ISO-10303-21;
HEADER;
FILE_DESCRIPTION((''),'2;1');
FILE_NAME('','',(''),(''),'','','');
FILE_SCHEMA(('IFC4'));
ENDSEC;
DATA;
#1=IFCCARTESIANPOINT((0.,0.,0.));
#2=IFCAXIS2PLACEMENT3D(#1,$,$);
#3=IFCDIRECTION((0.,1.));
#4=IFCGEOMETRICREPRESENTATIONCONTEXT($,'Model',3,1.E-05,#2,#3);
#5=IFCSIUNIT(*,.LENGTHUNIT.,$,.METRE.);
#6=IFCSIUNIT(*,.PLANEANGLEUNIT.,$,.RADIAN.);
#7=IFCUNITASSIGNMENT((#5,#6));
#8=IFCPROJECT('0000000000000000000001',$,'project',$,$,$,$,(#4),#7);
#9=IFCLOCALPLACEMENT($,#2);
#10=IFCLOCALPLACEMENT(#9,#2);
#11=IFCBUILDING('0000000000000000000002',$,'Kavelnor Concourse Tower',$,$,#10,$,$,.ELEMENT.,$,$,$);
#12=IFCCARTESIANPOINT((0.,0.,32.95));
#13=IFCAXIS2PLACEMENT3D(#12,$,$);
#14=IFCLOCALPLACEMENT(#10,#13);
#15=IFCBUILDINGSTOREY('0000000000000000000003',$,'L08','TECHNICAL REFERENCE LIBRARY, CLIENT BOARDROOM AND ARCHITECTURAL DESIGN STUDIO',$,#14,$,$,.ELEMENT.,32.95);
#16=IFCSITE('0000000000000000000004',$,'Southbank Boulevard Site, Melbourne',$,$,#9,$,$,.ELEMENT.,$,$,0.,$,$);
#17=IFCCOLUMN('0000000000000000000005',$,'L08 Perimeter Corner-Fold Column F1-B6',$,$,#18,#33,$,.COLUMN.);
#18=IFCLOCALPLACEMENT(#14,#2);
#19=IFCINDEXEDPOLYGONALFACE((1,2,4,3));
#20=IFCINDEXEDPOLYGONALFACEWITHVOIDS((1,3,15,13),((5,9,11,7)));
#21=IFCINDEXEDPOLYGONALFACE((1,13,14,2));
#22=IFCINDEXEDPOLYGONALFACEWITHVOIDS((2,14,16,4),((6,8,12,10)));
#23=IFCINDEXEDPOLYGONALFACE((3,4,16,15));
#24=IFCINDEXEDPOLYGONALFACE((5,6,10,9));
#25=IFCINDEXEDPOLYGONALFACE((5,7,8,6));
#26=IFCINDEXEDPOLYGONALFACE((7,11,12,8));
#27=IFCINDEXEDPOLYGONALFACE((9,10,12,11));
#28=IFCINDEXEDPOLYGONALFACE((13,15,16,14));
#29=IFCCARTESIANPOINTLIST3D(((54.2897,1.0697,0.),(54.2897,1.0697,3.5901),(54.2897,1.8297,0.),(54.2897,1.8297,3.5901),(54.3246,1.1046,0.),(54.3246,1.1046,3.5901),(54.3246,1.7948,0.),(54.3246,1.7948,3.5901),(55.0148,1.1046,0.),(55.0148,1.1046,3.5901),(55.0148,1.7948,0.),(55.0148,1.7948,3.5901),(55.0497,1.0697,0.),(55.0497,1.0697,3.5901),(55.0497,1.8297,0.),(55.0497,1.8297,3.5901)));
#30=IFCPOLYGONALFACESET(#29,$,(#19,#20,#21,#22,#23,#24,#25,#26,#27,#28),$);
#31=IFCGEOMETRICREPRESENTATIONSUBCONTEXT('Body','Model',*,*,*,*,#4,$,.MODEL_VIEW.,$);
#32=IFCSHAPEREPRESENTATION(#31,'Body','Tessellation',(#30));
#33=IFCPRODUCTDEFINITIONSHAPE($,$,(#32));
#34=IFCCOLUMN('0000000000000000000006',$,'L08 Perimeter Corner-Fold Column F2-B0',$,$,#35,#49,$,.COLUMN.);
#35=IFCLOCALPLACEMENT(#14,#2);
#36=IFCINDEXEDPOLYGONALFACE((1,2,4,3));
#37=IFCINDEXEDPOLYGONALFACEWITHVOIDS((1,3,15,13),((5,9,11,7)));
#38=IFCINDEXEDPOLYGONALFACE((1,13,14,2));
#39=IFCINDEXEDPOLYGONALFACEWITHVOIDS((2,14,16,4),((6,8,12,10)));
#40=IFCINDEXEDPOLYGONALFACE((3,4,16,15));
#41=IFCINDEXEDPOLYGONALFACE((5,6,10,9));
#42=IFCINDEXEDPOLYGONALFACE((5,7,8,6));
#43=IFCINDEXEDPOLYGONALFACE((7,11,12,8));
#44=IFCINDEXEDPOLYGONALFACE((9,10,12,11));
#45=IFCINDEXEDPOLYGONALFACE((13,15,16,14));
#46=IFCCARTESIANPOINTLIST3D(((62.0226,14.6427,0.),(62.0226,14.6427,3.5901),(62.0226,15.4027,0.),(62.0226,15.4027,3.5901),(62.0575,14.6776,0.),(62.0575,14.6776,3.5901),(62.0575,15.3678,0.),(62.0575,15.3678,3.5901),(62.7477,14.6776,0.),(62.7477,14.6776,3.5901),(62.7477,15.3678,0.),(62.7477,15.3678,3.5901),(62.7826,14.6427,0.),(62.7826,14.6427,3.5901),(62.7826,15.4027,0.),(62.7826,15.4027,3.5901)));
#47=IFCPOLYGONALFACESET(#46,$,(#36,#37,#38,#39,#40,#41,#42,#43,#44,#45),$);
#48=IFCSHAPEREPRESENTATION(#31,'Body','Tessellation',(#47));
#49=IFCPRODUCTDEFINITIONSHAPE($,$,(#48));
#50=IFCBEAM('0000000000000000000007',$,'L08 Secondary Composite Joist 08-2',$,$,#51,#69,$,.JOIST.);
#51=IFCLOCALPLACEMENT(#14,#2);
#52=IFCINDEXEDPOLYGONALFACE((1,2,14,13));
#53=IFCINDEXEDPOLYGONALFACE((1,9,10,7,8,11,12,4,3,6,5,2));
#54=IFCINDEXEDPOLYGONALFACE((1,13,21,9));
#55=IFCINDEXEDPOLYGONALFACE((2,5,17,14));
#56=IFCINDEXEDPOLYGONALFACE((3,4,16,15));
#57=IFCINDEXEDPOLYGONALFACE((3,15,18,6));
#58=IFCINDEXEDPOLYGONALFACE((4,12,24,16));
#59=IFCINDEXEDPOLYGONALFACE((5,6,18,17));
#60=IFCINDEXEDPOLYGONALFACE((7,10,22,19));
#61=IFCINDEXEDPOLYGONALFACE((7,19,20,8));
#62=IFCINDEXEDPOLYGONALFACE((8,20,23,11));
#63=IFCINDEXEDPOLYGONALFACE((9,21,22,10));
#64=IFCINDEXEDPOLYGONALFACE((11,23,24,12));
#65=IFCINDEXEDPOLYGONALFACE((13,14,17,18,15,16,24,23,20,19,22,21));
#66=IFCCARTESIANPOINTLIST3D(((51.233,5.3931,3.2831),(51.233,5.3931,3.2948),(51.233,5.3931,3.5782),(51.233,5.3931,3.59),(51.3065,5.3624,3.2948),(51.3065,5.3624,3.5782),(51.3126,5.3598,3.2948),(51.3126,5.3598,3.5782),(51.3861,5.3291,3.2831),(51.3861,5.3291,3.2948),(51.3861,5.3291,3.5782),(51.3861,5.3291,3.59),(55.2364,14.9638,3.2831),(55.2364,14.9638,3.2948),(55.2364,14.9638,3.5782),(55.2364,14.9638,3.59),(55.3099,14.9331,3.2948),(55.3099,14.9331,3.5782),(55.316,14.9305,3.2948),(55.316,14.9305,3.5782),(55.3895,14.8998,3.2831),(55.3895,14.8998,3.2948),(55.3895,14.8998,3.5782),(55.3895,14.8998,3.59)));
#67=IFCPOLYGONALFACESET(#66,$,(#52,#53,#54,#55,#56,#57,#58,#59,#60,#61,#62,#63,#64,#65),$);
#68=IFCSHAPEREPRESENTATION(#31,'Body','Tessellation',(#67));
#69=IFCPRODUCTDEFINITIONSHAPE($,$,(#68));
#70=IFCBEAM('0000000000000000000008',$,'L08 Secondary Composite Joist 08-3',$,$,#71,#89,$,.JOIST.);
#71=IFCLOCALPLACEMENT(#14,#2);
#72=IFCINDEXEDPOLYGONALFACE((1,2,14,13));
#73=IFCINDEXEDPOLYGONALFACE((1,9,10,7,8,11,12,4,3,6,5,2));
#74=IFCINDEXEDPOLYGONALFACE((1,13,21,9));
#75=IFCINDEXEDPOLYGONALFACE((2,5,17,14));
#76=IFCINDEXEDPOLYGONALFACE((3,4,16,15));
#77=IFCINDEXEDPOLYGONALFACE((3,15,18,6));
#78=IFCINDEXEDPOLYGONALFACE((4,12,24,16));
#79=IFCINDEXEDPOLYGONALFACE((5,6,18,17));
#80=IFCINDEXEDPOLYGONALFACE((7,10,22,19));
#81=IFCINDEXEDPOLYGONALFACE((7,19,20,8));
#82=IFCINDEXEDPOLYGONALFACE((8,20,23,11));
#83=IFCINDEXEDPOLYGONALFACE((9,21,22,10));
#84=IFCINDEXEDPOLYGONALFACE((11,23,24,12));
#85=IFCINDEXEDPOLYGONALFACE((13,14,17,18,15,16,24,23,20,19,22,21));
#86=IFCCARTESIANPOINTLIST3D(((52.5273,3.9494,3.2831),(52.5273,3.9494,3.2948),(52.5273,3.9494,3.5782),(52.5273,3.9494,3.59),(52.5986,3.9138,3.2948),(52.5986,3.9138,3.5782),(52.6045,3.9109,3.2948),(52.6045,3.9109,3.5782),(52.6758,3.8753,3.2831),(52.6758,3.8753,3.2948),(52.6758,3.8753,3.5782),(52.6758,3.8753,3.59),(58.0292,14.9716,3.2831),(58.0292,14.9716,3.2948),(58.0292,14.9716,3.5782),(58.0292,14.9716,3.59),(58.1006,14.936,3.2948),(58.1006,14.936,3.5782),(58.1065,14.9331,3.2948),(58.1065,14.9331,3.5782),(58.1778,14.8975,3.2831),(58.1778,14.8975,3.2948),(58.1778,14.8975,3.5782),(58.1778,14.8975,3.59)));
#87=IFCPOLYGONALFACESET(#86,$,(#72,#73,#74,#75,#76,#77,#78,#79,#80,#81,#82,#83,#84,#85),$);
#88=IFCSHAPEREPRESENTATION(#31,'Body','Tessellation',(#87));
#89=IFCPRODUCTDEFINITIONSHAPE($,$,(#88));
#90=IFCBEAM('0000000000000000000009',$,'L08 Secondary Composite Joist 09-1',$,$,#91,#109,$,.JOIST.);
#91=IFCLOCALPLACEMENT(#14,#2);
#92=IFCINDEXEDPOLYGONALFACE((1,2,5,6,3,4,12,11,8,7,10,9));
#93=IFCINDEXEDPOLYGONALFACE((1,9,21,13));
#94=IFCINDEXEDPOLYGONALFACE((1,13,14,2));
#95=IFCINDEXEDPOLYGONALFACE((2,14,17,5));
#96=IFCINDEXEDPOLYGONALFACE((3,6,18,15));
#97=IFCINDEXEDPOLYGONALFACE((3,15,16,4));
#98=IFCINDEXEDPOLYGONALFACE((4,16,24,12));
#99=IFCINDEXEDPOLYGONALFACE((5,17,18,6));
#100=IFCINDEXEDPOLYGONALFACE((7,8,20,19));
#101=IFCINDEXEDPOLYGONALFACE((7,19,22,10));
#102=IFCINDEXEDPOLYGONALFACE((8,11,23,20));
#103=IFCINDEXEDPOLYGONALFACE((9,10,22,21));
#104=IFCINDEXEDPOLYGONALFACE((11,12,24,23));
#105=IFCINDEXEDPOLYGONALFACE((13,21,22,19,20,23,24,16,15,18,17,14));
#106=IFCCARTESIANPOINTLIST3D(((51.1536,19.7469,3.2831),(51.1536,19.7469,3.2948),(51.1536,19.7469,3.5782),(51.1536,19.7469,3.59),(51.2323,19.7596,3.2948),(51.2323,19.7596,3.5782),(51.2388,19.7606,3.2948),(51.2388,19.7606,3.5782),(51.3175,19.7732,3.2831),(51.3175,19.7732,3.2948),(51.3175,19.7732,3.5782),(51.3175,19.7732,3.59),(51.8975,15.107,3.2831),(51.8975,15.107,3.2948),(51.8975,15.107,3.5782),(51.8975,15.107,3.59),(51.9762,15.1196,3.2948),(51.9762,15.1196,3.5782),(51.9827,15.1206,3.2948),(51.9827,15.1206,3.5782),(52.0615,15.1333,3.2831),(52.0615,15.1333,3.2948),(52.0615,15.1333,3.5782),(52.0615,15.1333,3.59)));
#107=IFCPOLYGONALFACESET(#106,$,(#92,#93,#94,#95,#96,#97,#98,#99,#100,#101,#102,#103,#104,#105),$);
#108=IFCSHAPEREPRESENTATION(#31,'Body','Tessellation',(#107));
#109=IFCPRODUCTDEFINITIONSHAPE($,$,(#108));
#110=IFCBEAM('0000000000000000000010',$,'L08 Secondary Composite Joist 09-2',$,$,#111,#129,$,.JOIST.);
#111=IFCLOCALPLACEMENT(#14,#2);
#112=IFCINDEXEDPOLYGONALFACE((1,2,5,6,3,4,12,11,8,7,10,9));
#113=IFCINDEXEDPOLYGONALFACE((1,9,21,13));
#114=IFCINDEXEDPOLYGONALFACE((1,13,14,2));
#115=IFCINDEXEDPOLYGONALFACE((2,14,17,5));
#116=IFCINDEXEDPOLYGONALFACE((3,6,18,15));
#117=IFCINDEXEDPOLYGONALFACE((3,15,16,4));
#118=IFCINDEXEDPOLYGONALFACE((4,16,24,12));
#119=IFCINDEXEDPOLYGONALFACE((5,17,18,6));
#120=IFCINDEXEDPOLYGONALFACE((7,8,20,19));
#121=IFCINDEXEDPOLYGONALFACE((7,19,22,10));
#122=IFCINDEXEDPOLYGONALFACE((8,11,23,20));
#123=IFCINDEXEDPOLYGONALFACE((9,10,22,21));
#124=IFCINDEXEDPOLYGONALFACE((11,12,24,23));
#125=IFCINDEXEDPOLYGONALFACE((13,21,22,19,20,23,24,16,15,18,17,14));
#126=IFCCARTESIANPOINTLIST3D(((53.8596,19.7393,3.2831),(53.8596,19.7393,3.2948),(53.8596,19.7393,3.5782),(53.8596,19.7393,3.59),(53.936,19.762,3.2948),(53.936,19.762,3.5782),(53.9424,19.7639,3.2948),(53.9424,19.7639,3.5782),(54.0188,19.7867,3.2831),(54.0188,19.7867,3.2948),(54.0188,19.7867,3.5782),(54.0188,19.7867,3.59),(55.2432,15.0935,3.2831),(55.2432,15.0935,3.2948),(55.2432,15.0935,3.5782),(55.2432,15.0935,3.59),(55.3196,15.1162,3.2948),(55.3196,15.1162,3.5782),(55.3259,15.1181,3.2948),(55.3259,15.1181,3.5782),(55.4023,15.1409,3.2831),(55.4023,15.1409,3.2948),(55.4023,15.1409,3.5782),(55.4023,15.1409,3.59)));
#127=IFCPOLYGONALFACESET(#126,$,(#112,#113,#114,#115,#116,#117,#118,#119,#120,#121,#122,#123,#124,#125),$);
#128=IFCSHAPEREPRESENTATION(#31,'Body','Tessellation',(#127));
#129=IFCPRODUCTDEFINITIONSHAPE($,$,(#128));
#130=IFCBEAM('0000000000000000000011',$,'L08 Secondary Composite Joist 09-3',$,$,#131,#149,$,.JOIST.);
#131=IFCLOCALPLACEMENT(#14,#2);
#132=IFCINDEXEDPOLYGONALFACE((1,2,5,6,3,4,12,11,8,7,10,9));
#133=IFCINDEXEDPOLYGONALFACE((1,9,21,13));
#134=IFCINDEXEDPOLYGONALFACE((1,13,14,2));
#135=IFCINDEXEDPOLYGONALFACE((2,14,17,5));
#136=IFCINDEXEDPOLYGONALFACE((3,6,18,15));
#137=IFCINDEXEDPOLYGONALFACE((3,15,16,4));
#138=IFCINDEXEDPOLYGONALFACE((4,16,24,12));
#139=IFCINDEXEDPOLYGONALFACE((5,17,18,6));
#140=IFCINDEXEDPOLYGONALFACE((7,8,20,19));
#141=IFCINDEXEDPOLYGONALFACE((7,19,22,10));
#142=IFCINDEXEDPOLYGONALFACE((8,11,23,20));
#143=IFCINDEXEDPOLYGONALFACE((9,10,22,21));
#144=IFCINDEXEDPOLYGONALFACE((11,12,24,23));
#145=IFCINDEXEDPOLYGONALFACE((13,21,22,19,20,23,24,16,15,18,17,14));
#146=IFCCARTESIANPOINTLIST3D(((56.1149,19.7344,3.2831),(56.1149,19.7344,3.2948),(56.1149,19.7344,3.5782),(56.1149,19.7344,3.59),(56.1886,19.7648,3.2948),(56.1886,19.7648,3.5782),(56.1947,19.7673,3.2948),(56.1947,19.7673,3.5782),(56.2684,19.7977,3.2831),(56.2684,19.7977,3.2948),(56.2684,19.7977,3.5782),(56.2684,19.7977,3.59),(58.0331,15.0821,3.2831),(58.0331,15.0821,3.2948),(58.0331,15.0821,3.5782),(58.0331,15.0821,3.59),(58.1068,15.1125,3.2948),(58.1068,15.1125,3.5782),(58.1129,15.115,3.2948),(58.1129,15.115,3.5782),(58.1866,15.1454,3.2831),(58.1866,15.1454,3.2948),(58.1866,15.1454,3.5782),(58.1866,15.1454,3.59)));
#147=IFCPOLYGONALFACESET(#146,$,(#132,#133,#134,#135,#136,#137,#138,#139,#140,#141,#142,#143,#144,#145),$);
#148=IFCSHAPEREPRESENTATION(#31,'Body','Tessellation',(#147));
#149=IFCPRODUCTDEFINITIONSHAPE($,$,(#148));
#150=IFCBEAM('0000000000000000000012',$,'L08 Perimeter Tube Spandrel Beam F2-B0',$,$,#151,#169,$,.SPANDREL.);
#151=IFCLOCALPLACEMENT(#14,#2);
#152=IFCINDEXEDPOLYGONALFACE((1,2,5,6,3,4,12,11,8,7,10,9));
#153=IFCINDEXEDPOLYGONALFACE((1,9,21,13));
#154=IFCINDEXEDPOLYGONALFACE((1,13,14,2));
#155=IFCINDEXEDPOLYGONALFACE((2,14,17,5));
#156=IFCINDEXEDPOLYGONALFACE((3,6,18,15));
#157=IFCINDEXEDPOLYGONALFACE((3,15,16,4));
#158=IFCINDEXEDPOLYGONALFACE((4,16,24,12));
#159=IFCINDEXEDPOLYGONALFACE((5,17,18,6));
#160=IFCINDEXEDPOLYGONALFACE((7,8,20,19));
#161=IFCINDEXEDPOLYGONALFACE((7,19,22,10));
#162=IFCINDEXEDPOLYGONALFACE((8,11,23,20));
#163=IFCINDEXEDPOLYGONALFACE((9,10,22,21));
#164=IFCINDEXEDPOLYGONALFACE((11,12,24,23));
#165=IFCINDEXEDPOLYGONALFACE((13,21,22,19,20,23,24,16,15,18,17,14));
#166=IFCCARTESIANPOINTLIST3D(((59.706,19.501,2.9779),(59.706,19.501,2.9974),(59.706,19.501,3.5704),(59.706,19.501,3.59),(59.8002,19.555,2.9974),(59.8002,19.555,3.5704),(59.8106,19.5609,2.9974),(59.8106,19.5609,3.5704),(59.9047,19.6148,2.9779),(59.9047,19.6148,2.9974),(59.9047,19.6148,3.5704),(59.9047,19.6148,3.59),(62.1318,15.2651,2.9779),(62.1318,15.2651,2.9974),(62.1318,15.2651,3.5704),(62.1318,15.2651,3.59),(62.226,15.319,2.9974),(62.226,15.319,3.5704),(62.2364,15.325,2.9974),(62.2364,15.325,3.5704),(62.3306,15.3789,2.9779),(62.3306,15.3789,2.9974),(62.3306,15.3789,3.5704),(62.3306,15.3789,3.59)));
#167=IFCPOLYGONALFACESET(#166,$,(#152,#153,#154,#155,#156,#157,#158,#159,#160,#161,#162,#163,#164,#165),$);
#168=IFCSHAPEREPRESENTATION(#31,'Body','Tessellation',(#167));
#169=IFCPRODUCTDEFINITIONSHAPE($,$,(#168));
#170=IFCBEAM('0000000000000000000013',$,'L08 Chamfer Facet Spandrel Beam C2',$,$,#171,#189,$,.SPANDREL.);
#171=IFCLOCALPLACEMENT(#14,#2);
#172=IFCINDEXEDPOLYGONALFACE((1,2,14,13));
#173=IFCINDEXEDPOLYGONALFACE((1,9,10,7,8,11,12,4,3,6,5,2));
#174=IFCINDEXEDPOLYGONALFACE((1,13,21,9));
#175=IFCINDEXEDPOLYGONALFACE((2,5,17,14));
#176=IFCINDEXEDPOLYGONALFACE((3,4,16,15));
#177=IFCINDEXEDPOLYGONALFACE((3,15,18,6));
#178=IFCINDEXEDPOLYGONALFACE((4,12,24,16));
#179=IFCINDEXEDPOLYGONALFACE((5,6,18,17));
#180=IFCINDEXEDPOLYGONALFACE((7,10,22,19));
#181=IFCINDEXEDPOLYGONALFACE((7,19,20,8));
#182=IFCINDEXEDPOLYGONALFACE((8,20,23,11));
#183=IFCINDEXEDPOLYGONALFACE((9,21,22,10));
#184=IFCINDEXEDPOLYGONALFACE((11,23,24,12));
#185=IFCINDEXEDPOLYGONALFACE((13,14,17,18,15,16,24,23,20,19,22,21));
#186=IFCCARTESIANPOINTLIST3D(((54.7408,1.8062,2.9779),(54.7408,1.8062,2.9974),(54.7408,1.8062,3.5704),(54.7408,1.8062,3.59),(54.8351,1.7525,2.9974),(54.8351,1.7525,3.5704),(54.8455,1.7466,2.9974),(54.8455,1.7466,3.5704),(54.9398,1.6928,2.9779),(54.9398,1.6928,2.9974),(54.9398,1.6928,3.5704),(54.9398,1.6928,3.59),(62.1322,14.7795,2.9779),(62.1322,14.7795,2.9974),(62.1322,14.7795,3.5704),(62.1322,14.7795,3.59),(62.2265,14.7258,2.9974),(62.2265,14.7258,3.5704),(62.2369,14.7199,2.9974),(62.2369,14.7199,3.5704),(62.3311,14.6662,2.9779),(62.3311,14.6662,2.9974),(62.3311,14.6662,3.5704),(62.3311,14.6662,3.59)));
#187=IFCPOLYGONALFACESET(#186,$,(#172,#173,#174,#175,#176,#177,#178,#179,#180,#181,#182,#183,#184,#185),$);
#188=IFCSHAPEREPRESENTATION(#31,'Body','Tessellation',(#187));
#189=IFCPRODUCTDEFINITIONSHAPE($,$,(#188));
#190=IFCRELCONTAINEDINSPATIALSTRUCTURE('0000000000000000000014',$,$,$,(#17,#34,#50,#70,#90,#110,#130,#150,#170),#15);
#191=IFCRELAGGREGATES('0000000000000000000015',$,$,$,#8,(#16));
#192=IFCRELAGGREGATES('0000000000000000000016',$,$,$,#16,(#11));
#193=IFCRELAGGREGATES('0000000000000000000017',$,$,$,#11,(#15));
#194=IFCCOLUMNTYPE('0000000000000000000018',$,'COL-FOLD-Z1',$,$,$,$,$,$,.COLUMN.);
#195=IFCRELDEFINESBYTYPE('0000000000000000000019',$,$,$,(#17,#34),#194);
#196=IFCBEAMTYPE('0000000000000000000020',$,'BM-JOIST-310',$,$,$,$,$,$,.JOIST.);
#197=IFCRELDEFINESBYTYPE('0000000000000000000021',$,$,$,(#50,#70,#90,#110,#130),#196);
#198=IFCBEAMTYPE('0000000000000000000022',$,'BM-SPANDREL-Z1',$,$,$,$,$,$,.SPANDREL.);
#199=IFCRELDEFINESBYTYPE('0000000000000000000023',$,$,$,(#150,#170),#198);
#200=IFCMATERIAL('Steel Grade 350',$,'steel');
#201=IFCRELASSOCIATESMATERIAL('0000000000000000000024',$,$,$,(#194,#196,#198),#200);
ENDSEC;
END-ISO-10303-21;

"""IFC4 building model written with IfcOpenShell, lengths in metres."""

from ifc_helpers import new_model, si_unit, direction, frame, origin, origin_2d, place, context, subcontext, project, spatial, hollow_rectangle, i_section, extrude, material, material_profile, profile_set, type_object, element, save


model = new_model("IFC4")

# Units and contexts
model_context = context("Model", 3, precision=1e-05, world=origin(), true_north=direction((0.0, 1.0)))
body_context = subcontext(model_context, "Body", "Model", "MODEL_VIEW")
ifc_project = project(units=[si_unit("LENGTHUNIT", "METRE"), si_unit("PLANEANGLEUNIT", "RADIAN")], contexts=[model_context])

# Site, building, storey
site_placement = place(None, origin())
site = spatial("IfcSite", under=ifc_project, at=site_placement, Name="Southbank Boulevard Site, Melbourne", CompositionType="ELEMENT", RefElevation=0.0)
building_placement = place(site_placement, origin())
building = spatial("IfcBuilding", under=site, at=building_placement, Name="Kavelnor Concourse Tower", CompositionType="ELEMENT")
storey_placement = place(building_placement, frame((0.0, 0.0, 32.95)))
storey = spatial("IfcBuildingStorey", under=building, at=storey_placement, Name="L08", Description="TECHNICAL REFERENCE LIBRARY, CLIENT BOARDROOM AND ARCHITECTURAL DESIGN STUDIO", CompositionType="ELEMENT", Elevation=32.95)

# Columns
ifc_material_1 = material(Name="Steel Grade 350", Category="steel")
ifc_material_profile_1 = material_profile(ifc_material_1, hollow_rectangle(XDim=0.76, YDim=0.76, WallThickness=0.0349, at=origin_2d()), Name="SHS 760x760x35")
ifc_profile_set_1 = profile_set([ifc_material_profile_1], Name="Steel Grade 350")
column_type = type_object("IfcColumnType", Name="COL-FOLD-Z1", PredefinedType="COLUMN", material=ifc_profile_set_1)
for number, where, z_axis, x_axis, name in (
    (1, (54.6697, 1.4497, 0.0), (0.0, 0.0, 1.0), (1.0, 0.0, 0.0), "L08 Perimeter Corner-Fold Column F1-B6"),
    (2, (62.4026, 15.0227, 0.0), (0.0, 0.0, 1.0), (1.0, 0.0, 0.0), "L08 Perimeter Corner-Fold Column F2-B0"),
):
    element("IfcColumn", number, at=place(storey_placement, frame(where, z_axis=z_axis, x_axis=x_axis)), inside=storey, type_object=column_type, Name=name, PredefinedType="COLUMN", context=body_context, shape_type="SweptSolid", body=[
        extrude(hollow_rectangle(XDim=0.76, YDim=0.76, WallThickness=0.0349, at=origin_2d()), origin(), (0.0, 0.0, 1.0), 3.5901),
    ])

# Beams
ifc_material_profile_2 = material_profile(ifc_material_1, i_section(OverallWidth=0.166, OverallDepth=0.3069, WebThickness=0.0066, FlangeThickness=0.0117, at=origin_2d()), Name="310UB46")
ifc_profile_set_2 = profile_set([ifc_material_profile_2], Name="Steel Grade 350")
beam_type_1 = type_object("IfcBeamType", Name="BM-JOIST-310", PredefinedType="JOIST", material=ifc_profile_set_2)
beam_1_placement = place(storey_placement, frame((51.3096, 5.3611, 3.4365), z_axis=(0.385895, 0.922543, 0.0), x_axis=(-0.922543, 0.385895, 0.0)))
element("IfcBeam", 3, at=beam_1_placement, inside=storey, type_object=beam_type_1, Name="L08 Secondary Composite Joist 08-2", PredefinedType="JOIST", context=body_context, shape_type="SweptSolid", body=[
    extrude(i_section(OverallWidth=0.166, OverallDepth=0.3069, WebThickness=0.0066, FlangeThickness=0.0117, at=origin_2d()), origin(), (0.0, 0.0, 1.0), 10.3743),
])
beam_2_placement = place(storey_placement, frame((52.6016, 3.9124, 3.4365), z_axis=(0.446619, 0.894724, 0.0), x_axis=(-0.894724, 0.446619, 0.0)))
element("IfcBeam", 4, at=beam_2_placement, inside=storey, type_object=beam_type_1, Name="L08 Secondary Composite Joist 08-3", PredefinedType="JOIST", context=body_context, shape_type="SweptSolid", body=[
    extrude(i_section(OverallWidth=0.166, OverallDepth=0.3069, WebThickness=0.0066, FlangeThickness=0.0117, at=origin_2d()), origin(), (0.0, 0.0, 1.0), 12.3191),
])
beam_3_placement = place(storey_placement, frame((51.9795, 15.1201, 3.4365), z_axis=(-0.158305, 0.98739, 0.0), x_axis=(-0.98739, -0.158305, 0.0)))
element("IfcBeam", 5, at=beam_3_placement, inside=storey, type_object=beam_type_1, Name="L08 Secondary Composite Joist 09-1", PredefinedType="JOIST", context=body_context, shape_type="SweptSolid", body=[
    extrude(i_section(OverallWidth=0.166, OverallDepth=0.3069, WebThickness=0.0066, FlangeThickness=0.0117, at=origin_2d()), origin(), (0.0, 0.0, 1.0), 4.6992),
])
beam_4_placement = place(storey_placement, frame((55.3228, 15.1172, 3.4365), z_axis=(-0.28542, 0.958402, 0.0), x_axis=(-0.958402, -0.28542, 0.0)))
element("IfcBeam", 6, at=beam_4_placement, inside=storey, type_object=beam_type_1, Name="L08 Secondary Composite Joist 09-2", PredefinedType="JOIST", context=body_context, shape_type="SweptSolid", body=[
    extrude(i_section(OverallWidth=0.166, OverallDepth=0.3069, WebThickness=0.0066, FlangeThickness=0.0117, at=origin_2d()), origin(), (0.0, 0.0, 1.0), 4.8474),
])
beam_5_placement = place(storey_placement, frame((58.1099, 15.1138, 3.4365), z_axis=(-0.381182, 0.9245, 0.0), x_axis=(-0.9245, -0.381182, 0.0)))
element("IfcBeam", 7, at=beam_5_placement, inside=storey, type_object=beam_type_1, Name="L08 Secondary Composite Joist 09-3", PredefinedType="JOIST", context=body_context, shape_type="SweptSolid", body=[
    extrude(i_section(OverallWidth=0.166, OverallDepth=0.3069, WebThickness=0.0066, FlangeThickness=0.0117, at=origin_2d()), origin(), (0.0, 0.0, 1.0), 5.0322),
])
ifc_material_profile_3 = material_profile(ifc_material_1, i_section(OverallWidth=0.229, OverallDepth=0.6121, WebThickness=0.012, FlangeThickness=0.0195, at=origin_2d()), Name="610UB125")
ifc_profile_set_3 = profile_set([ifc_material_profile_3], Name="Steel Grade 350")
beam_type_2 = type_object("IfcBeamType", Name="BM-SPANDREL-Z1", PredefinedType="SPANDREL", material=ifc_profile_set_3)
beam_6_placement = place(storey_placement, frame((62.2312, 15.322, 3.2839), z_axis=(-0.496957, 0.867775, 0.0), x_axis=(-0.867775, -0.496957, 0.0)))
element("IfcBeam", 8, at=beam_6_placement, inside=storey, type_object=beam_type_2, Name="L08 Perimeter Tube Spandrel Beam F2-B0", PredefinedType="SPANDREL", context=body_context, shape_type="SweptSolid", body=[
    extrude(i_section(OverallWidth=0.229, OverallDepth=0.6121, WebThickness=0.012, FlangeThickness=0.0195, at=origin_2d()), origin(), (0.0, 0.0, 1.0), 4.8813),
])
beam_7_placement = place(storey_placement, frame((54.8403, 1.7495, 3.2839), z_axis=(0.495027, 0.868877, 0.0), x_axis=(-0.868877, 0.495027, 0.0)))
element("IfcBeam", 9, at=beam_7_placement, inside=storey, type_object=beam_type_2, Name="L08 Chamfer Facet Spandrel Beam C2", PredefinedType="SPANDREL", context=body_context, shape_type="SweptSolid", body=[
    extrude(i_section(OverallWidth=0.229, OverallDepth=0.6121, WebThickness=0.012, FlangeThickness=0.0195, at=origin_2d()), origin(), (0.0, 0.0, 1.0), 14.9312),
])

save(model, "model.ifc")
